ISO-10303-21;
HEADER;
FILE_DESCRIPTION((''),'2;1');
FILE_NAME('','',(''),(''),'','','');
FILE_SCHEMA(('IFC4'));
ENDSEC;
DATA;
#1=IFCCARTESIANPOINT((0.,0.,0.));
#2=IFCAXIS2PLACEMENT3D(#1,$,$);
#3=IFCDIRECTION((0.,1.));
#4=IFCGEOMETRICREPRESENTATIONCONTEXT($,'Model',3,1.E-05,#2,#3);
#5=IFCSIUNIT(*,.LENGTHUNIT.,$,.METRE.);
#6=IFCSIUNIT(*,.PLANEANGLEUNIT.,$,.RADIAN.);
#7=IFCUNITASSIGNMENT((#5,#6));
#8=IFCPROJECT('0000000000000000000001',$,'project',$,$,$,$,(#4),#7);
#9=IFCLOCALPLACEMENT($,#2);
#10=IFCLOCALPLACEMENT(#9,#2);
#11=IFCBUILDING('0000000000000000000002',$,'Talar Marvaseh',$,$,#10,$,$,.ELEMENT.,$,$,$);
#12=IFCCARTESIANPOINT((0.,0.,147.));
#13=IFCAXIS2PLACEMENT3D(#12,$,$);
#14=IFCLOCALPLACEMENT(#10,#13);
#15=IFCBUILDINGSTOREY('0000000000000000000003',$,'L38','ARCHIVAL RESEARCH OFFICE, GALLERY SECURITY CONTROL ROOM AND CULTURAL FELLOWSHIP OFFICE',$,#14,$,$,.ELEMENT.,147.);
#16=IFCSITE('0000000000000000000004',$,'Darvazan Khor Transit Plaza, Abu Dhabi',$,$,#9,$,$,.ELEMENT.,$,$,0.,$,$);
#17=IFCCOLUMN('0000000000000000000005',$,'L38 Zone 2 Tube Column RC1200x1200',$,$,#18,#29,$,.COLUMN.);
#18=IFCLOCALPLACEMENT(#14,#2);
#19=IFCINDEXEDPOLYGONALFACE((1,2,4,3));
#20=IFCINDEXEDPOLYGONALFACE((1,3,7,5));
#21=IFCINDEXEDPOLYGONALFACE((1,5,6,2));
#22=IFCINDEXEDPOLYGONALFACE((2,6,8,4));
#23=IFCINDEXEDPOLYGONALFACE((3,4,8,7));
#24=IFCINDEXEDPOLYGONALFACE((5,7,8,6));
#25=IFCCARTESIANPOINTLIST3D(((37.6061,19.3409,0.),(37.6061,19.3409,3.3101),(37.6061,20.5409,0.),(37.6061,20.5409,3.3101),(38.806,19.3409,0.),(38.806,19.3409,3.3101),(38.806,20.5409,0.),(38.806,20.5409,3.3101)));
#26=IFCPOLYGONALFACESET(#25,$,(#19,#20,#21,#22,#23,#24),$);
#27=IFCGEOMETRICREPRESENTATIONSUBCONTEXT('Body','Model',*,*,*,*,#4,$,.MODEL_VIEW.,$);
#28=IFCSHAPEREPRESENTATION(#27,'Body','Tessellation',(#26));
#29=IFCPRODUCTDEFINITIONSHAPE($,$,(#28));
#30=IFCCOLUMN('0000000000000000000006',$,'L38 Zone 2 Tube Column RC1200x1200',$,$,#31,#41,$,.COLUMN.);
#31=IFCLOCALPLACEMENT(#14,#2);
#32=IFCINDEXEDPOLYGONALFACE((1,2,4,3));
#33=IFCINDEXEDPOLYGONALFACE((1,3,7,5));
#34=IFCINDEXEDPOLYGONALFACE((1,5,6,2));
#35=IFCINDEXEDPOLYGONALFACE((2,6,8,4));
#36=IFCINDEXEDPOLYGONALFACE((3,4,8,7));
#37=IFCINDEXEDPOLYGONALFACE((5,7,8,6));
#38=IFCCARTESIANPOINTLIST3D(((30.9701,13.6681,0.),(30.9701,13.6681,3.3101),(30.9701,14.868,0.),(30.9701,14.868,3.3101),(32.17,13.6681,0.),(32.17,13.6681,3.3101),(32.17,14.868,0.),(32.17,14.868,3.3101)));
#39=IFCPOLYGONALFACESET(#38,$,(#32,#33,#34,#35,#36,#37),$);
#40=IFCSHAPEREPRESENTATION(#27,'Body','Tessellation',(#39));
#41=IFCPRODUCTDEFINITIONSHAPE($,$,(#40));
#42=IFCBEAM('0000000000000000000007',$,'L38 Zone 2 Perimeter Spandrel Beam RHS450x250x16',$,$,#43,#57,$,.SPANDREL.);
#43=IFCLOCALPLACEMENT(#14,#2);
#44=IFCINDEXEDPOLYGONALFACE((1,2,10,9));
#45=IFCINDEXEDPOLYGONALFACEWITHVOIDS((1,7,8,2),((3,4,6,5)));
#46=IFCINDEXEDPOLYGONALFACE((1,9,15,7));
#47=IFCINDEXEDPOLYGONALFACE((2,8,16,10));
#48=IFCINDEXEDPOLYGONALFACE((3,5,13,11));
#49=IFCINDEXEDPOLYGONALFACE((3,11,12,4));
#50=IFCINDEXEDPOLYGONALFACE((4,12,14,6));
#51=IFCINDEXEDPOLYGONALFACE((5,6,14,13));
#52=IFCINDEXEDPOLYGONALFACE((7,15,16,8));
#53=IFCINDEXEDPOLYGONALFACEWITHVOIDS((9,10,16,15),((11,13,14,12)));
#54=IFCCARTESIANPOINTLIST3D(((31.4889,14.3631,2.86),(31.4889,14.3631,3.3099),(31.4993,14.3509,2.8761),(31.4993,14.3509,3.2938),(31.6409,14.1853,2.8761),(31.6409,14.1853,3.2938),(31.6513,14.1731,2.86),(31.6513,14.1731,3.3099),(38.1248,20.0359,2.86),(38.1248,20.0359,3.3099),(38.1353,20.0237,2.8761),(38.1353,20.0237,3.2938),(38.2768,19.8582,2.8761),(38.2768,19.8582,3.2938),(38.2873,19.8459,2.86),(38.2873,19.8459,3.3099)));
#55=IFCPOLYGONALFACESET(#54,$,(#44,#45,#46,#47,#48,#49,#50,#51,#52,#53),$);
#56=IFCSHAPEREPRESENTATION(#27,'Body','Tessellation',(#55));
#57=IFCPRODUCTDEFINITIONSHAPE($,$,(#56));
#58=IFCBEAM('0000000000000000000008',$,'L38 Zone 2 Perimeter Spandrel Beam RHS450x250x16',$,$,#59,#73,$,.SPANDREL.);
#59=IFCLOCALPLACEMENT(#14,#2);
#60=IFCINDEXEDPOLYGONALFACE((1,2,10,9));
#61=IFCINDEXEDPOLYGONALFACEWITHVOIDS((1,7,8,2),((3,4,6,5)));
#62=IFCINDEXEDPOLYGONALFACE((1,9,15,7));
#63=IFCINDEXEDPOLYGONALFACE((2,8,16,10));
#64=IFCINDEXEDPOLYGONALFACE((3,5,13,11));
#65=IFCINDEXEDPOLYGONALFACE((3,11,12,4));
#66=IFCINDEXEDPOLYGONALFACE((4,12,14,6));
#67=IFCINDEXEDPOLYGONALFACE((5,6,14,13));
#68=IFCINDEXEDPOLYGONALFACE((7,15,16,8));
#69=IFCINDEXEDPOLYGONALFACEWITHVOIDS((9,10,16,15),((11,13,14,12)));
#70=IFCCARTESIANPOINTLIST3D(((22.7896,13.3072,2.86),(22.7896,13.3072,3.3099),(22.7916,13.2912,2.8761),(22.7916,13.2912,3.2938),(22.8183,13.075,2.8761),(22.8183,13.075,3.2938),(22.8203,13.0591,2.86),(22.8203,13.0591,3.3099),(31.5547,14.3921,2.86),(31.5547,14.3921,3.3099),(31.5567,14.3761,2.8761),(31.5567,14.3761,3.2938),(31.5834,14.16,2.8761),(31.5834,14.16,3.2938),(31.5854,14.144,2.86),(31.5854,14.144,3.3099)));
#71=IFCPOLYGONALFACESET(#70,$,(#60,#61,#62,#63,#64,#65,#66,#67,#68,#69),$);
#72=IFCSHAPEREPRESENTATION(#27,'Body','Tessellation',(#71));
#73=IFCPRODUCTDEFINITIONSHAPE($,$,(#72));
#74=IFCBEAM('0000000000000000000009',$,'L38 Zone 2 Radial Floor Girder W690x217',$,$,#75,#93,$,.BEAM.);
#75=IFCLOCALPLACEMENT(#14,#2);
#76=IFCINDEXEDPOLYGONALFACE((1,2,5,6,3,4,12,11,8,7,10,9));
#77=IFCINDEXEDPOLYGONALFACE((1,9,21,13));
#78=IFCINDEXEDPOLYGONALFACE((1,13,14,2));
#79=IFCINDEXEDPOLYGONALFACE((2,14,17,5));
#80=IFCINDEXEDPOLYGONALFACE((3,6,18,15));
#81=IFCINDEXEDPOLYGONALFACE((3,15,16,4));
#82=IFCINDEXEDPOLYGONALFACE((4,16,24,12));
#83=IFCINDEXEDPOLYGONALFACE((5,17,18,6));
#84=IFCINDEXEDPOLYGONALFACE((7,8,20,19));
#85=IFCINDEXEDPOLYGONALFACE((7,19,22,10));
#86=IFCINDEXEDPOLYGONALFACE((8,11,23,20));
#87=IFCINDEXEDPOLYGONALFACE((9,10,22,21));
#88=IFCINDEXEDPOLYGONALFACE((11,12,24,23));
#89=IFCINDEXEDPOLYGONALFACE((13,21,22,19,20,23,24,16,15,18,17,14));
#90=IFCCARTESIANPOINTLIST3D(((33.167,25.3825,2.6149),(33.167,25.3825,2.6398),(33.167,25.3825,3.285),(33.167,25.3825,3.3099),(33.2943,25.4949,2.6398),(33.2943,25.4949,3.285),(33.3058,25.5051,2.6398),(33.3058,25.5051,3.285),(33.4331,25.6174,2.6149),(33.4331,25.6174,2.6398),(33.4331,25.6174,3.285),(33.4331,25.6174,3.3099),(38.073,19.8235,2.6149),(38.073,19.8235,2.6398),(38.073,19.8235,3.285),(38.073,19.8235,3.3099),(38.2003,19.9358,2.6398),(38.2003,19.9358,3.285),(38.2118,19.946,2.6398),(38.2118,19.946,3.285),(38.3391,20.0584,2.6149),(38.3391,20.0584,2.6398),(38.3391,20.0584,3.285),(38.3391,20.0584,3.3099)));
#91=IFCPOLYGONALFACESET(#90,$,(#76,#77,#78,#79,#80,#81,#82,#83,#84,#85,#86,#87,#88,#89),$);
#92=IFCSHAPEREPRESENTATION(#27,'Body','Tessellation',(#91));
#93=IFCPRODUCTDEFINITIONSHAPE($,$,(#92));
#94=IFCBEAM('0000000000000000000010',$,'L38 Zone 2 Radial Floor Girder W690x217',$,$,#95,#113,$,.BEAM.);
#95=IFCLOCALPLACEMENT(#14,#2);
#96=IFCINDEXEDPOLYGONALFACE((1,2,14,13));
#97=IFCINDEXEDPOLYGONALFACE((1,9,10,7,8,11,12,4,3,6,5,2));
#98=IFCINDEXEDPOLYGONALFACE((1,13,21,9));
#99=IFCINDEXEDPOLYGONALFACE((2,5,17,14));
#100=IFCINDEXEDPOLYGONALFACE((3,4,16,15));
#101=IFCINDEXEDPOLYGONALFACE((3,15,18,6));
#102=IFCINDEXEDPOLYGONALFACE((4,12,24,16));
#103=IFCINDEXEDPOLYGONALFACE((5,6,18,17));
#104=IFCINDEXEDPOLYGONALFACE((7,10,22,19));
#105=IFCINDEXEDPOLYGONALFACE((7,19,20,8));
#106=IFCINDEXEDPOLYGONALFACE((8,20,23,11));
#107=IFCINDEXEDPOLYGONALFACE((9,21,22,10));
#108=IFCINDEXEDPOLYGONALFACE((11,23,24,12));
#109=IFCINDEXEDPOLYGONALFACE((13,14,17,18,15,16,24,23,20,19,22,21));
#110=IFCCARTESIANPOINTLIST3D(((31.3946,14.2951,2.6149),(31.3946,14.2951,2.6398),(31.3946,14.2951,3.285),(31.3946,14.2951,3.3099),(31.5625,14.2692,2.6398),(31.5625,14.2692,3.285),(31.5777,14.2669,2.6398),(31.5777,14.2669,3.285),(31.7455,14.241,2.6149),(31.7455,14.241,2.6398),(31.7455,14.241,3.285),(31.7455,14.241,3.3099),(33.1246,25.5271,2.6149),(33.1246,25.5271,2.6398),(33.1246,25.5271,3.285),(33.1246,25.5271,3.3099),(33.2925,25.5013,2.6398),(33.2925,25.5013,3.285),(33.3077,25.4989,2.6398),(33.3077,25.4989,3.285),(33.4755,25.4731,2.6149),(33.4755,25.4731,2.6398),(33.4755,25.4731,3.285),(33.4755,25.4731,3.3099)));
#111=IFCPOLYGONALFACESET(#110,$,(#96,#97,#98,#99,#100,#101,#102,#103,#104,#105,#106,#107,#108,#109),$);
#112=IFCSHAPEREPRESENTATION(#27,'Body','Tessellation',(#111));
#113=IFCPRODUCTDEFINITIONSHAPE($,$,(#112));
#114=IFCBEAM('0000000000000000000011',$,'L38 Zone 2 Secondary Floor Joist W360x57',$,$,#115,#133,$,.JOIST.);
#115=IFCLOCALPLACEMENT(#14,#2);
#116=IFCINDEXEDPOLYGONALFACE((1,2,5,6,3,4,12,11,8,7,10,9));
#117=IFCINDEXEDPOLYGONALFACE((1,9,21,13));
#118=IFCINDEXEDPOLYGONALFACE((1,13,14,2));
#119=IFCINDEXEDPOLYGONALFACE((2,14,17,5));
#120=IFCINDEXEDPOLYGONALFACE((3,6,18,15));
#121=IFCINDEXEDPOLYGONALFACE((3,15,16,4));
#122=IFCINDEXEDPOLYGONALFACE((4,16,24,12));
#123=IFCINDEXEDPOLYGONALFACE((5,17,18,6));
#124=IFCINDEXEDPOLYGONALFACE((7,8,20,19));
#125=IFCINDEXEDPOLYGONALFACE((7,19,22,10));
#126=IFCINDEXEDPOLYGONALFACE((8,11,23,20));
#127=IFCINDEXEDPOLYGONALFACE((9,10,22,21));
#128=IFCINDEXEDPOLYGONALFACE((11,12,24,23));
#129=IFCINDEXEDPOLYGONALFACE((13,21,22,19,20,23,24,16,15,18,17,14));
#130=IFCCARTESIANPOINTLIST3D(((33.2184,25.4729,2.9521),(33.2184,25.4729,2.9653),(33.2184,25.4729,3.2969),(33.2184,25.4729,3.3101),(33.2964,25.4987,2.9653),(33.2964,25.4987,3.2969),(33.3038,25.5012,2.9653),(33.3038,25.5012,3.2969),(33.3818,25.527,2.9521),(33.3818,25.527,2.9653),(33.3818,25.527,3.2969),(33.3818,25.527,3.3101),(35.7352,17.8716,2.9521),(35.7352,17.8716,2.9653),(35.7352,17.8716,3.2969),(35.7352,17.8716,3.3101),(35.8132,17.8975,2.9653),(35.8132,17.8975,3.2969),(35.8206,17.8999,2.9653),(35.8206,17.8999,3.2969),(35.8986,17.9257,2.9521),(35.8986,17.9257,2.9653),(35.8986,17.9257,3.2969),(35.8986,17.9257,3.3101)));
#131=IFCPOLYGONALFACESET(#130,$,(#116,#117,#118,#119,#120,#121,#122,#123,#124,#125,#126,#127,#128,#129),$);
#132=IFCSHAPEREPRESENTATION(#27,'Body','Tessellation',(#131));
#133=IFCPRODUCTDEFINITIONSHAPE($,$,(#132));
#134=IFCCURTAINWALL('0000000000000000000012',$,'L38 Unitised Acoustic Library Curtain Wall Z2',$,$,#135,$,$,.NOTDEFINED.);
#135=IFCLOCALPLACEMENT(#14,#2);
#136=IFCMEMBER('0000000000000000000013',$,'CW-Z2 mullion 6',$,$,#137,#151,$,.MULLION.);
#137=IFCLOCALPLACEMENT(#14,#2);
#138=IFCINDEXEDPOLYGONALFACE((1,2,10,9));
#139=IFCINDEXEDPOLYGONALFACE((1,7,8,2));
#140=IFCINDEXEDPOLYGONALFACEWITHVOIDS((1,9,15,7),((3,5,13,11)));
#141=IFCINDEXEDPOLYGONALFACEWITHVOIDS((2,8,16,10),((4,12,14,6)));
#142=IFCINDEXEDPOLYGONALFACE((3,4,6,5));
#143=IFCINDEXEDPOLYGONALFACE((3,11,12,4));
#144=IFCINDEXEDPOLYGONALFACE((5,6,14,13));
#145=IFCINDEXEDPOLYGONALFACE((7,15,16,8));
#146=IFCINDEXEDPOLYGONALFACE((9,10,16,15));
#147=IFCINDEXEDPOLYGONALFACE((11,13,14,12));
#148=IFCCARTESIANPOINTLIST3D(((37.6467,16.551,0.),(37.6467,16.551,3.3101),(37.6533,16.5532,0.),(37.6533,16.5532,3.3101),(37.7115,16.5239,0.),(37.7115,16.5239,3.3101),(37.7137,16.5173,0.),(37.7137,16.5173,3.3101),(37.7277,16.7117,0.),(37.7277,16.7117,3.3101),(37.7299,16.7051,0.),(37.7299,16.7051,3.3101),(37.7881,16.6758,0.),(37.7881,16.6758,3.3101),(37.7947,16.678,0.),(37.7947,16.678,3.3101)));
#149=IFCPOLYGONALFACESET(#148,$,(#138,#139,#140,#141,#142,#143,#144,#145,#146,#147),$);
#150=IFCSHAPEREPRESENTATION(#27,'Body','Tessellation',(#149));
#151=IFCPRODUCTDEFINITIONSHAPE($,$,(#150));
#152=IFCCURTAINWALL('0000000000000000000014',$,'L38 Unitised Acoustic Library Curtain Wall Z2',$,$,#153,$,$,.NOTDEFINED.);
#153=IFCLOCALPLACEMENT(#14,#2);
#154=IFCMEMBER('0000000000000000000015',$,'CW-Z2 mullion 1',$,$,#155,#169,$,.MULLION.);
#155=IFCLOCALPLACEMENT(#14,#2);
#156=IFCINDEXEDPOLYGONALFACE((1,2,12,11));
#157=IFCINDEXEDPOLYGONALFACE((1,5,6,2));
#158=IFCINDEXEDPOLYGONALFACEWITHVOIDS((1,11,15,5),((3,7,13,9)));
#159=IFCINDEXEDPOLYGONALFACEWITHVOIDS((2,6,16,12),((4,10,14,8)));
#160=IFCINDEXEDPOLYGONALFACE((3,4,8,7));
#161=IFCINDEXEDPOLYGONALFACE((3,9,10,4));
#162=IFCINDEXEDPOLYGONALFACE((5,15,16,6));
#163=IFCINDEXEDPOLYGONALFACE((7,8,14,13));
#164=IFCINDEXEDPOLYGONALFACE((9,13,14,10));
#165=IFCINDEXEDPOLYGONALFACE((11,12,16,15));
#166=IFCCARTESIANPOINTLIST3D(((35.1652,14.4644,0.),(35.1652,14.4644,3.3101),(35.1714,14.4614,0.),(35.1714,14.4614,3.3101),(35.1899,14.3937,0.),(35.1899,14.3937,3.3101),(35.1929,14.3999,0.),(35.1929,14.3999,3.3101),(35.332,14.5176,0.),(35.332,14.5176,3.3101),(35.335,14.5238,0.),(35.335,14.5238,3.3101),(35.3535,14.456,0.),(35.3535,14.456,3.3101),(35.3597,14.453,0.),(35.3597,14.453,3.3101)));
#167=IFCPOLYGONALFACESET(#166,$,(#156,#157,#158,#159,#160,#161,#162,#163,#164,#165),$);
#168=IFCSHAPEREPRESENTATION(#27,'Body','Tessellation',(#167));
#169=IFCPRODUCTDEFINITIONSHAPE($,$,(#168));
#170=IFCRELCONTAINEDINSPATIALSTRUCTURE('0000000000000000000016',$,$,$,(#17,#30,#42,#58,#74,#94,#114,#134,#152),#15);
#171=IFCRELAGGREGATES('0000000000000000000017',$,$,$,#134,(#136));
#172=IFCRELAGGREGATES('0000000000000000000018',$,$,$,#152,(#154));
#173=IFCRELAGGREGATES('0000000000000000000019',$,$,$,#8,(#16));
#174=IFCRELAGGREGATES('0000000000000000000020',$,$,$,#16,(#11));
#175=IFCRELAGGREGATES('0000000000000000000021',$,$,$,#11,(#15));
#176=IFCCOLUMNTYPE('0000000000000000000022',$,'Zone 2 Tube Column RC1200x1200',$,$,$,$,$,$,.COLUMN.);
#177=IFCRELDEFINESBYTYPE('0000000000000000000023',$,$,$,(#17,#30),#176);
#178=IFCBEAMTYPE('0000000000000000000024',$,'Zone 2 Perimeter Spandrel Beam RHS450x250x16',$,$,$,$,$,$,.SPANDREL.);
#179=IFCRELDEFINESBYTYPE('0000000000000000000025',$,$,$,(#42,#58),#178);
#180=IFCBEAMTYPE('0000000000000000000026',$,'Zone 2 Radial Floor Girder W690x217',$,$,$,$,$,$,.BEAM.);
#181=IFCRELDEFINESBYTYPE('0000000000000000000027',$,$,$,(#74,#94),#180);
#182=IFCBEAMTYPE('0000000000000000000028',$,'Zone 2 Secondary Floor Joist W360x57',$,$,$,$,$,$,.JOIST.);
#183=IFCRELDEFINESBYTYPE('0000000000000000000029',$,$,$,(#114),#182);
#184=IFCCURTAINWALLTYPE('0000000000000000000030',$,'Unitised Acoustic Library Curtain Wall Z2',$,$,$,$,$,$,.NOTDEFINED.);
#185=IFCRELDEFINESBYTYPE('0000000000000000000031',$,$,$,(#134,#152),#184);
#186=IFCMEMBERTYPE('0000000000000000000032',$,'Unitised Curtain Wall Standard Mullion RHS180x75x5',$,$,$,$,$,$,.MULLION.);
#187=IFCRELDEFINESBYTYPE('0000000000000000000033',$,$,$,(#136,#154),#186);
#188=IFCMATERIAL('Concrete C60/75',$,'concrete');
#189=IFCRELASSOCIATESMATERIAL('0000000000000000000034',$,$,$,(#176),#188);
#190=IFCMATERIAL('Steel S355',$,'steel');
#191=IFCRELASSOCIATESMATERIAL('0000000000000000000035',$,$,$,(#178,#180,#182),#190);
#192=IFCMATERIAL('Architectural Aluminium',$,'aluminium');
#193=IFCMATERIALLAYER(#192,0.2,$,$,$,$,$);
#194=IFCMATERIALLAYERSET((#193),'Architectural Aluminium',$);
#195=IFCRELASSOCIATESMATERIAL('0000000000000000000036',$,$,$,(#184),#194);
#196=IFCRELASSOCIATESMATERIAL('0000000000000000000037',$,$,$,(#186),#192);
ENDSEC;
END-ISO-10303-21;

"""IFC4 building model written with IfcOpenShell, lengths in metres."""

from ifc_helpers import new_model, si_unit, direction, frame, origin, origin_2d, place, context, subcontext, project, spatial, rectangle, hollow_rectangle, i_section, extrude, source, transform, mapped, material, layer, layer_set, material_profile, profile_set, type_object, type_shapes, element, aggregate, save


model = new_model("IFC4")

# Units and contexts
model_context = context("Model", 3, precision=1e-05, world=origin(), true_north=direction((0.0, 1.0)))
body_context = subcontext(model_context, "Body", "Model", "MODEL_VIEW")
ifc_project = project(units=[si_unit("LENGTHUNIT", "METRE"), si_unit("PLANEANGLEUNIT", "RADIAN")], contexts=[model_context])

# Site, building, storey
site_placement = place(None, origin())
site = spatial("IfcSite", under=ifc_project, at=site_placement, Name="Darvazan Khor Transit Plaza, Abu Dhabi", CompositionType="ELEMENT", RefElevation=0.0)
building_placement = place(site_placement, origin())
building = spatial("IfcBuilding", under=site, at=building_placement, Name="Talar Marvaseh", CompositionType="ELEMENT")
storey_placement = place(building_placement, frame((0.0, 0.0, 147.0)))
storey = spatial("IfcBuildingStorey", under=building, at=storey_placement, Name="L38", Description="ARCHIVAL RESEARCH OFFICE, GALLERY SECURITY CONTROL ROOM AND CULTURAL FELLOWSHIP OFFICE", CompositionType="ELEMENT", Elevation=147.0)

# Columns
ifc_material_1 = material(Name="Concrete C60/75", Category="concrete")
ifc_material_profile_1 = material_profile(ifc_material_1, rectangle(XDim=1.2, YDim=1.2, at=origin_2d()), Name="RC1200x1200")
ifc_profile_set_1 = profile_set([ifc_material_profile_1], Name="Concrete C60/75")
column_type = type_object("IfcColumnType", Name="Zone 2 Tube Column RC1200x1200", PredefinedType="COLUMN", material=ifc_profile_set_1)
for number, where, z_axis, x_axis, name in (
    (1, (38.2061, 19.9409, 0.0), (0.0, 0.0, 1.0), (1.0, 0.0, 0.0), "L38 Zone 2 Tube Column RC1200x1200"),
    (2, (31.5701, 14.2681, 0.0), (0.0, 0.0, 1.0), (1.0, 0.0, 0.0), "L38 Zone 2 Tube Column RC1200x1200"),
):
    element("IfcColumn", number, at=place(storey_placement, frame(where, z_axis=z_axis, x_axis=x_axis)), inside=storey, type_object=column_type, Name=name, PredefinedType="COLUMN", context=body_context, shape_type="SweptSolid", body=[
        extrude(rectangle(XDim=1.2, YDim=1.2, at=origin_2d()), origin(), (0.0, 0.0, 1.0), 3.3101),
    ])

# Beams
ifc_material_2 = material(Name="Steel S355", Category="steel")
ifc_material_profile_2 = material_profile(ifc_material_2, hollow_rectangle(XDim=0.25, YDim=0.45, WallThickness=0.0161, at=origin_2d()), Name="RHS450x250x16")
ifc_profile_set_2 = profile_set([ifc_material_profile_2], Name="Steel S355")
beam_type_1 = type_object("IfcBeamType", Name="Zone 2 Perimeter Spandrel Beam RHS450x250x16", PredefinedType="SPANDREL", material=ifc_profile_set_2)
beam_1_placement = place(storey_placement, frame((38.2061, 19.9409, 3.085), z_axis=(-0.760113, -0.649791, 0.0), x_axis=(0.649791, -0.760113, 0.0)))
element("IfcBeam", 3, at=beam_1_placement, inside=storey, type_object=beam_type_1, Name="L38 Zone 2 Perimeter Spandrel Beam RHS450x250x16", PredefinedType="SPANDREL", context=body_context, shape_type="SweptSolid", body=[
    extrude(hollow_rectangle(XDim=0.25, YDim=0.45, WallThickness=0.0161, at=origin_2d()), origin(), (0.0, 0.0, 1.0), 8.7302),
])
beam_2_placement = place(storey_placement, frame((31.5701, 14.2681, 3.085), z_axis=(-0.992426, -0.122844, 0.0), x_axis=(0.122844, -0.992426, 0.0)))
element("IfcBeam", 4, at=beam_2_placement, inside=storey, type_object=beam_type_1, Name="L38 Zone 2 Perimeter Spandrel Beam RHS450x250x16", PredefinedType="SPANDREL", context=body_context, shape_type="SweptSolid", body=[
    extrude(hollow_rectangle(XDim=0.25, YDim=0.45, WallThickness=0.0161, at=origin_2d()), origin(), (0.0, 0.0, 1.0), 8.832),
])
ifc_material_profile_3 = material_profile(ifc_material_2, i_section(OverallWidth=0.355, OverallDepth=0.6951, WebThickness=0.0154, FlangeThickness=0.0249, at=origin_2d()), Name="W690x217")
ifc_profile_set_3 = profile_set([ifc_material_profile_3], Name="Steel S355")
beam_type_2 = type_object("IfcBeamType", Name="Zone 2 Radial Floor Girder W690x217", PredefinedType="BEAM", material=ifc_profile_set_3)
beam_3_placement = place(storey_placement, frame((38.2061, 19.9409, 2.9624), z_axis=(-0.661692, 0.749775, 0.0), x_axis=(-0.749775, -0.661692, 0.0)))
element("IfcBeam", 5, at=beam_3_placement, inside=storey, type_object=beam_type_2, Name="L38 Zone 2 Radial Floor Girder W690x217", PredefinedType="BEAM", context=body_context, shape_type="SweptSolid", body=[
    extrude(i_section(OverallWidth=0.355, OverallDepth=0.6951, WebThickness=0.0154, FlangeThickness=0.0249, at=origin_2d()), origin(), (0.0, 0.0, 1.0), 7.4143),
])
beam_4_placement = place(storey_placement, frame((31.5701, 14.2681, 2.9624), z_axis=(0.152228, 0.988345, 0.0), x_axis=(-0.988345, 0.152228, 0.0)))
element("IfcBeam", 6, at=beam_4_placement, inside=storey, type_object=beam_type_2, Name="L38 Zone 2 Radial Floor Girder W690x217", PredefinedType="BEAM", context=body_context, shape_type="SweptSolid", body=[
    extrude(i_section(OverallWidth=0.355, OverallDepth=0.6951, WebThickness=0.0154, FlangeThickness=0.0249, at=origin_2d()), origin(), (0.0, 0.0, 1.0), 11.3645),
])
ifc_material_profile_4 = material_profile(ifc_material_2, i_section(OverallWidth=0.1721, OverallDepth=0.3579, WebThickness=0.0078, FlangeThickness=0.0132, at=origin_2d()), Name="W360x57")
ifc_profile_set_4 = profile_set([ifc_material_profile_4], Name="Steel S355")
beam_type_3 = type_object("IfcBeamType", Name="Zone 2 Secondary Floor Joist W360x57", PredefinedType="JOIST", material=ifc_profile_set_4)
beam_5_placement = place(storey_placement, frame((35.8169, 17.8987, 3.1311), z_axis=(-0.314325, 0.949316, 0.0), x_axis=(-0.949316, -0.314325, 0.0)))
element("IfcBeam", 7, at=beam_5_placement, inside=storey, type_object=beam_type_3, Name="L38 Zone 2 Secondary Floor Joist W360x57", PredefinedType="JOIST", context=body_context, shape_type="SweptSolid", body=[
    extrude(i_section(OverallWidth=0.1721, OverallDepth=0.3579, WebThickness=0.0078, FlangeThickness=0.0132, at=origin_2d()), origin(), (0.0, 0.0, 1.0), 8.0071),
])

# Curtain walls, members
ifc_material_3 = material(Name="Architectural Aluminium", Category="aluminium")
ifc_layer_1 = layer(ifc_material_3, 0.2)
ifc_layer_set_1 = layer_set([ifc_layer_1], Name="Architectural Aluminium")
curtain_wall_type = type_object("IfcCurtainWallType", Name="Unitised Acoustic Library Curtain Wall Z2", PredefinedType="NOTDEFINED", material=ifc_layer_set_1)
curtain_wall_1_placement = place(storey_placement, origin())
curtain_wall_1 = element("IfcCurtainWall", 8, at=curtain_wall_1_placement, inside=storey, type_object=curtain_wall_type, Name="L38 Unitised Acoustic Library Curtain Wall Z2", PredefinedType="NOTDEFINED")
ifc_material_profile_5 = material_profile(ifc_material_3, hollow_rectangle(XDim=0.075, YDim=0.1799, WallThickness=0.0049, at=origin_2d()), Name="RHS180x75x5")
ifc_profile_set_5 = profile_set([ifc_material_profile_5], Name="Architectural Aluminium")
member_type_1 = type_object("IfcMemberType", Name="Unitised Curtain Wall Standard Mullion RHS180x75x5", PredefinedType="MULLION", material=ifc_profile_set_5)
shared_shape_1 = source(origin(), body_context, "Body", "SweptSolid", [
    extrude(hollow_rectangle(XDim=0.075, YDim=0.1799, WallThickness=0.0049, at=origin_2d()), origin(), (0.0, 0.0, 1.0), 3.3101),
])
type_shapes(member_type_1, [shared_shape_1])
member_1_placement = place(storey_placement, frame((37.7207, 16.6145, 0.0), z_axis=(0.0, 0.0, 1.0), x_axis=(0.892909, -0.450236, 0.0)))
member_1 = element("IfcMember", 9, at=member_1_placement, type_object=member_type_1, Name="CW-Z2 mullion 6", PredefinedType="MULLION", context=body_context, shape_type="MappedRepresentation", body=[
    mapped(shared_shape_1, transform((0.0, 0.0, 0.0), x_axis=(1.0, 0.0, 0.0), y_axis=(0.0, 1.0, 0.0), z_axis=(0.0, 0.0, 1.0), scale=1.0)),
])
curtain_wall_2_placement = place(storey_placement, origin())
curtain_wall_2 = element("IfcCurtainWall", 10, at=curtain_wall_2_placement, inside=storey, type_object=curtain_wall_type, Name="L38 Unitised Acoustic Library Curtain Wall Z2", PredefinedType="NOTDEFINED")
member_2_placement = place(storey_placement, frame((35.2625, 14.4587, 0.0), z_axis=(0.0, 0.0, 1.0), x_axis=(0.329837, -0.944038, 0.0)))
member_2 = element("IfcMember", 11, at=member_2_placement, type_object=member_type_1, Name="CW-Z2 mullion 1", PredefinedType="MULLION", context=body_context, shape_type="MappedRepresentation", body=[
    mapped(shared_shape_1, transform((0.0, 0.0, 0.0), x_axis=(1.0, 0.0, 0.0), y_axis=(0.0, 1.0, 0.0), z_axis=(0.0, 0.0, 1.0), scale=1.0)),
])

aggregate(curtain_wall_1, [member_1])
aggregate(curtain_wall_2, [member_2])

save(model, "model.ifc")
